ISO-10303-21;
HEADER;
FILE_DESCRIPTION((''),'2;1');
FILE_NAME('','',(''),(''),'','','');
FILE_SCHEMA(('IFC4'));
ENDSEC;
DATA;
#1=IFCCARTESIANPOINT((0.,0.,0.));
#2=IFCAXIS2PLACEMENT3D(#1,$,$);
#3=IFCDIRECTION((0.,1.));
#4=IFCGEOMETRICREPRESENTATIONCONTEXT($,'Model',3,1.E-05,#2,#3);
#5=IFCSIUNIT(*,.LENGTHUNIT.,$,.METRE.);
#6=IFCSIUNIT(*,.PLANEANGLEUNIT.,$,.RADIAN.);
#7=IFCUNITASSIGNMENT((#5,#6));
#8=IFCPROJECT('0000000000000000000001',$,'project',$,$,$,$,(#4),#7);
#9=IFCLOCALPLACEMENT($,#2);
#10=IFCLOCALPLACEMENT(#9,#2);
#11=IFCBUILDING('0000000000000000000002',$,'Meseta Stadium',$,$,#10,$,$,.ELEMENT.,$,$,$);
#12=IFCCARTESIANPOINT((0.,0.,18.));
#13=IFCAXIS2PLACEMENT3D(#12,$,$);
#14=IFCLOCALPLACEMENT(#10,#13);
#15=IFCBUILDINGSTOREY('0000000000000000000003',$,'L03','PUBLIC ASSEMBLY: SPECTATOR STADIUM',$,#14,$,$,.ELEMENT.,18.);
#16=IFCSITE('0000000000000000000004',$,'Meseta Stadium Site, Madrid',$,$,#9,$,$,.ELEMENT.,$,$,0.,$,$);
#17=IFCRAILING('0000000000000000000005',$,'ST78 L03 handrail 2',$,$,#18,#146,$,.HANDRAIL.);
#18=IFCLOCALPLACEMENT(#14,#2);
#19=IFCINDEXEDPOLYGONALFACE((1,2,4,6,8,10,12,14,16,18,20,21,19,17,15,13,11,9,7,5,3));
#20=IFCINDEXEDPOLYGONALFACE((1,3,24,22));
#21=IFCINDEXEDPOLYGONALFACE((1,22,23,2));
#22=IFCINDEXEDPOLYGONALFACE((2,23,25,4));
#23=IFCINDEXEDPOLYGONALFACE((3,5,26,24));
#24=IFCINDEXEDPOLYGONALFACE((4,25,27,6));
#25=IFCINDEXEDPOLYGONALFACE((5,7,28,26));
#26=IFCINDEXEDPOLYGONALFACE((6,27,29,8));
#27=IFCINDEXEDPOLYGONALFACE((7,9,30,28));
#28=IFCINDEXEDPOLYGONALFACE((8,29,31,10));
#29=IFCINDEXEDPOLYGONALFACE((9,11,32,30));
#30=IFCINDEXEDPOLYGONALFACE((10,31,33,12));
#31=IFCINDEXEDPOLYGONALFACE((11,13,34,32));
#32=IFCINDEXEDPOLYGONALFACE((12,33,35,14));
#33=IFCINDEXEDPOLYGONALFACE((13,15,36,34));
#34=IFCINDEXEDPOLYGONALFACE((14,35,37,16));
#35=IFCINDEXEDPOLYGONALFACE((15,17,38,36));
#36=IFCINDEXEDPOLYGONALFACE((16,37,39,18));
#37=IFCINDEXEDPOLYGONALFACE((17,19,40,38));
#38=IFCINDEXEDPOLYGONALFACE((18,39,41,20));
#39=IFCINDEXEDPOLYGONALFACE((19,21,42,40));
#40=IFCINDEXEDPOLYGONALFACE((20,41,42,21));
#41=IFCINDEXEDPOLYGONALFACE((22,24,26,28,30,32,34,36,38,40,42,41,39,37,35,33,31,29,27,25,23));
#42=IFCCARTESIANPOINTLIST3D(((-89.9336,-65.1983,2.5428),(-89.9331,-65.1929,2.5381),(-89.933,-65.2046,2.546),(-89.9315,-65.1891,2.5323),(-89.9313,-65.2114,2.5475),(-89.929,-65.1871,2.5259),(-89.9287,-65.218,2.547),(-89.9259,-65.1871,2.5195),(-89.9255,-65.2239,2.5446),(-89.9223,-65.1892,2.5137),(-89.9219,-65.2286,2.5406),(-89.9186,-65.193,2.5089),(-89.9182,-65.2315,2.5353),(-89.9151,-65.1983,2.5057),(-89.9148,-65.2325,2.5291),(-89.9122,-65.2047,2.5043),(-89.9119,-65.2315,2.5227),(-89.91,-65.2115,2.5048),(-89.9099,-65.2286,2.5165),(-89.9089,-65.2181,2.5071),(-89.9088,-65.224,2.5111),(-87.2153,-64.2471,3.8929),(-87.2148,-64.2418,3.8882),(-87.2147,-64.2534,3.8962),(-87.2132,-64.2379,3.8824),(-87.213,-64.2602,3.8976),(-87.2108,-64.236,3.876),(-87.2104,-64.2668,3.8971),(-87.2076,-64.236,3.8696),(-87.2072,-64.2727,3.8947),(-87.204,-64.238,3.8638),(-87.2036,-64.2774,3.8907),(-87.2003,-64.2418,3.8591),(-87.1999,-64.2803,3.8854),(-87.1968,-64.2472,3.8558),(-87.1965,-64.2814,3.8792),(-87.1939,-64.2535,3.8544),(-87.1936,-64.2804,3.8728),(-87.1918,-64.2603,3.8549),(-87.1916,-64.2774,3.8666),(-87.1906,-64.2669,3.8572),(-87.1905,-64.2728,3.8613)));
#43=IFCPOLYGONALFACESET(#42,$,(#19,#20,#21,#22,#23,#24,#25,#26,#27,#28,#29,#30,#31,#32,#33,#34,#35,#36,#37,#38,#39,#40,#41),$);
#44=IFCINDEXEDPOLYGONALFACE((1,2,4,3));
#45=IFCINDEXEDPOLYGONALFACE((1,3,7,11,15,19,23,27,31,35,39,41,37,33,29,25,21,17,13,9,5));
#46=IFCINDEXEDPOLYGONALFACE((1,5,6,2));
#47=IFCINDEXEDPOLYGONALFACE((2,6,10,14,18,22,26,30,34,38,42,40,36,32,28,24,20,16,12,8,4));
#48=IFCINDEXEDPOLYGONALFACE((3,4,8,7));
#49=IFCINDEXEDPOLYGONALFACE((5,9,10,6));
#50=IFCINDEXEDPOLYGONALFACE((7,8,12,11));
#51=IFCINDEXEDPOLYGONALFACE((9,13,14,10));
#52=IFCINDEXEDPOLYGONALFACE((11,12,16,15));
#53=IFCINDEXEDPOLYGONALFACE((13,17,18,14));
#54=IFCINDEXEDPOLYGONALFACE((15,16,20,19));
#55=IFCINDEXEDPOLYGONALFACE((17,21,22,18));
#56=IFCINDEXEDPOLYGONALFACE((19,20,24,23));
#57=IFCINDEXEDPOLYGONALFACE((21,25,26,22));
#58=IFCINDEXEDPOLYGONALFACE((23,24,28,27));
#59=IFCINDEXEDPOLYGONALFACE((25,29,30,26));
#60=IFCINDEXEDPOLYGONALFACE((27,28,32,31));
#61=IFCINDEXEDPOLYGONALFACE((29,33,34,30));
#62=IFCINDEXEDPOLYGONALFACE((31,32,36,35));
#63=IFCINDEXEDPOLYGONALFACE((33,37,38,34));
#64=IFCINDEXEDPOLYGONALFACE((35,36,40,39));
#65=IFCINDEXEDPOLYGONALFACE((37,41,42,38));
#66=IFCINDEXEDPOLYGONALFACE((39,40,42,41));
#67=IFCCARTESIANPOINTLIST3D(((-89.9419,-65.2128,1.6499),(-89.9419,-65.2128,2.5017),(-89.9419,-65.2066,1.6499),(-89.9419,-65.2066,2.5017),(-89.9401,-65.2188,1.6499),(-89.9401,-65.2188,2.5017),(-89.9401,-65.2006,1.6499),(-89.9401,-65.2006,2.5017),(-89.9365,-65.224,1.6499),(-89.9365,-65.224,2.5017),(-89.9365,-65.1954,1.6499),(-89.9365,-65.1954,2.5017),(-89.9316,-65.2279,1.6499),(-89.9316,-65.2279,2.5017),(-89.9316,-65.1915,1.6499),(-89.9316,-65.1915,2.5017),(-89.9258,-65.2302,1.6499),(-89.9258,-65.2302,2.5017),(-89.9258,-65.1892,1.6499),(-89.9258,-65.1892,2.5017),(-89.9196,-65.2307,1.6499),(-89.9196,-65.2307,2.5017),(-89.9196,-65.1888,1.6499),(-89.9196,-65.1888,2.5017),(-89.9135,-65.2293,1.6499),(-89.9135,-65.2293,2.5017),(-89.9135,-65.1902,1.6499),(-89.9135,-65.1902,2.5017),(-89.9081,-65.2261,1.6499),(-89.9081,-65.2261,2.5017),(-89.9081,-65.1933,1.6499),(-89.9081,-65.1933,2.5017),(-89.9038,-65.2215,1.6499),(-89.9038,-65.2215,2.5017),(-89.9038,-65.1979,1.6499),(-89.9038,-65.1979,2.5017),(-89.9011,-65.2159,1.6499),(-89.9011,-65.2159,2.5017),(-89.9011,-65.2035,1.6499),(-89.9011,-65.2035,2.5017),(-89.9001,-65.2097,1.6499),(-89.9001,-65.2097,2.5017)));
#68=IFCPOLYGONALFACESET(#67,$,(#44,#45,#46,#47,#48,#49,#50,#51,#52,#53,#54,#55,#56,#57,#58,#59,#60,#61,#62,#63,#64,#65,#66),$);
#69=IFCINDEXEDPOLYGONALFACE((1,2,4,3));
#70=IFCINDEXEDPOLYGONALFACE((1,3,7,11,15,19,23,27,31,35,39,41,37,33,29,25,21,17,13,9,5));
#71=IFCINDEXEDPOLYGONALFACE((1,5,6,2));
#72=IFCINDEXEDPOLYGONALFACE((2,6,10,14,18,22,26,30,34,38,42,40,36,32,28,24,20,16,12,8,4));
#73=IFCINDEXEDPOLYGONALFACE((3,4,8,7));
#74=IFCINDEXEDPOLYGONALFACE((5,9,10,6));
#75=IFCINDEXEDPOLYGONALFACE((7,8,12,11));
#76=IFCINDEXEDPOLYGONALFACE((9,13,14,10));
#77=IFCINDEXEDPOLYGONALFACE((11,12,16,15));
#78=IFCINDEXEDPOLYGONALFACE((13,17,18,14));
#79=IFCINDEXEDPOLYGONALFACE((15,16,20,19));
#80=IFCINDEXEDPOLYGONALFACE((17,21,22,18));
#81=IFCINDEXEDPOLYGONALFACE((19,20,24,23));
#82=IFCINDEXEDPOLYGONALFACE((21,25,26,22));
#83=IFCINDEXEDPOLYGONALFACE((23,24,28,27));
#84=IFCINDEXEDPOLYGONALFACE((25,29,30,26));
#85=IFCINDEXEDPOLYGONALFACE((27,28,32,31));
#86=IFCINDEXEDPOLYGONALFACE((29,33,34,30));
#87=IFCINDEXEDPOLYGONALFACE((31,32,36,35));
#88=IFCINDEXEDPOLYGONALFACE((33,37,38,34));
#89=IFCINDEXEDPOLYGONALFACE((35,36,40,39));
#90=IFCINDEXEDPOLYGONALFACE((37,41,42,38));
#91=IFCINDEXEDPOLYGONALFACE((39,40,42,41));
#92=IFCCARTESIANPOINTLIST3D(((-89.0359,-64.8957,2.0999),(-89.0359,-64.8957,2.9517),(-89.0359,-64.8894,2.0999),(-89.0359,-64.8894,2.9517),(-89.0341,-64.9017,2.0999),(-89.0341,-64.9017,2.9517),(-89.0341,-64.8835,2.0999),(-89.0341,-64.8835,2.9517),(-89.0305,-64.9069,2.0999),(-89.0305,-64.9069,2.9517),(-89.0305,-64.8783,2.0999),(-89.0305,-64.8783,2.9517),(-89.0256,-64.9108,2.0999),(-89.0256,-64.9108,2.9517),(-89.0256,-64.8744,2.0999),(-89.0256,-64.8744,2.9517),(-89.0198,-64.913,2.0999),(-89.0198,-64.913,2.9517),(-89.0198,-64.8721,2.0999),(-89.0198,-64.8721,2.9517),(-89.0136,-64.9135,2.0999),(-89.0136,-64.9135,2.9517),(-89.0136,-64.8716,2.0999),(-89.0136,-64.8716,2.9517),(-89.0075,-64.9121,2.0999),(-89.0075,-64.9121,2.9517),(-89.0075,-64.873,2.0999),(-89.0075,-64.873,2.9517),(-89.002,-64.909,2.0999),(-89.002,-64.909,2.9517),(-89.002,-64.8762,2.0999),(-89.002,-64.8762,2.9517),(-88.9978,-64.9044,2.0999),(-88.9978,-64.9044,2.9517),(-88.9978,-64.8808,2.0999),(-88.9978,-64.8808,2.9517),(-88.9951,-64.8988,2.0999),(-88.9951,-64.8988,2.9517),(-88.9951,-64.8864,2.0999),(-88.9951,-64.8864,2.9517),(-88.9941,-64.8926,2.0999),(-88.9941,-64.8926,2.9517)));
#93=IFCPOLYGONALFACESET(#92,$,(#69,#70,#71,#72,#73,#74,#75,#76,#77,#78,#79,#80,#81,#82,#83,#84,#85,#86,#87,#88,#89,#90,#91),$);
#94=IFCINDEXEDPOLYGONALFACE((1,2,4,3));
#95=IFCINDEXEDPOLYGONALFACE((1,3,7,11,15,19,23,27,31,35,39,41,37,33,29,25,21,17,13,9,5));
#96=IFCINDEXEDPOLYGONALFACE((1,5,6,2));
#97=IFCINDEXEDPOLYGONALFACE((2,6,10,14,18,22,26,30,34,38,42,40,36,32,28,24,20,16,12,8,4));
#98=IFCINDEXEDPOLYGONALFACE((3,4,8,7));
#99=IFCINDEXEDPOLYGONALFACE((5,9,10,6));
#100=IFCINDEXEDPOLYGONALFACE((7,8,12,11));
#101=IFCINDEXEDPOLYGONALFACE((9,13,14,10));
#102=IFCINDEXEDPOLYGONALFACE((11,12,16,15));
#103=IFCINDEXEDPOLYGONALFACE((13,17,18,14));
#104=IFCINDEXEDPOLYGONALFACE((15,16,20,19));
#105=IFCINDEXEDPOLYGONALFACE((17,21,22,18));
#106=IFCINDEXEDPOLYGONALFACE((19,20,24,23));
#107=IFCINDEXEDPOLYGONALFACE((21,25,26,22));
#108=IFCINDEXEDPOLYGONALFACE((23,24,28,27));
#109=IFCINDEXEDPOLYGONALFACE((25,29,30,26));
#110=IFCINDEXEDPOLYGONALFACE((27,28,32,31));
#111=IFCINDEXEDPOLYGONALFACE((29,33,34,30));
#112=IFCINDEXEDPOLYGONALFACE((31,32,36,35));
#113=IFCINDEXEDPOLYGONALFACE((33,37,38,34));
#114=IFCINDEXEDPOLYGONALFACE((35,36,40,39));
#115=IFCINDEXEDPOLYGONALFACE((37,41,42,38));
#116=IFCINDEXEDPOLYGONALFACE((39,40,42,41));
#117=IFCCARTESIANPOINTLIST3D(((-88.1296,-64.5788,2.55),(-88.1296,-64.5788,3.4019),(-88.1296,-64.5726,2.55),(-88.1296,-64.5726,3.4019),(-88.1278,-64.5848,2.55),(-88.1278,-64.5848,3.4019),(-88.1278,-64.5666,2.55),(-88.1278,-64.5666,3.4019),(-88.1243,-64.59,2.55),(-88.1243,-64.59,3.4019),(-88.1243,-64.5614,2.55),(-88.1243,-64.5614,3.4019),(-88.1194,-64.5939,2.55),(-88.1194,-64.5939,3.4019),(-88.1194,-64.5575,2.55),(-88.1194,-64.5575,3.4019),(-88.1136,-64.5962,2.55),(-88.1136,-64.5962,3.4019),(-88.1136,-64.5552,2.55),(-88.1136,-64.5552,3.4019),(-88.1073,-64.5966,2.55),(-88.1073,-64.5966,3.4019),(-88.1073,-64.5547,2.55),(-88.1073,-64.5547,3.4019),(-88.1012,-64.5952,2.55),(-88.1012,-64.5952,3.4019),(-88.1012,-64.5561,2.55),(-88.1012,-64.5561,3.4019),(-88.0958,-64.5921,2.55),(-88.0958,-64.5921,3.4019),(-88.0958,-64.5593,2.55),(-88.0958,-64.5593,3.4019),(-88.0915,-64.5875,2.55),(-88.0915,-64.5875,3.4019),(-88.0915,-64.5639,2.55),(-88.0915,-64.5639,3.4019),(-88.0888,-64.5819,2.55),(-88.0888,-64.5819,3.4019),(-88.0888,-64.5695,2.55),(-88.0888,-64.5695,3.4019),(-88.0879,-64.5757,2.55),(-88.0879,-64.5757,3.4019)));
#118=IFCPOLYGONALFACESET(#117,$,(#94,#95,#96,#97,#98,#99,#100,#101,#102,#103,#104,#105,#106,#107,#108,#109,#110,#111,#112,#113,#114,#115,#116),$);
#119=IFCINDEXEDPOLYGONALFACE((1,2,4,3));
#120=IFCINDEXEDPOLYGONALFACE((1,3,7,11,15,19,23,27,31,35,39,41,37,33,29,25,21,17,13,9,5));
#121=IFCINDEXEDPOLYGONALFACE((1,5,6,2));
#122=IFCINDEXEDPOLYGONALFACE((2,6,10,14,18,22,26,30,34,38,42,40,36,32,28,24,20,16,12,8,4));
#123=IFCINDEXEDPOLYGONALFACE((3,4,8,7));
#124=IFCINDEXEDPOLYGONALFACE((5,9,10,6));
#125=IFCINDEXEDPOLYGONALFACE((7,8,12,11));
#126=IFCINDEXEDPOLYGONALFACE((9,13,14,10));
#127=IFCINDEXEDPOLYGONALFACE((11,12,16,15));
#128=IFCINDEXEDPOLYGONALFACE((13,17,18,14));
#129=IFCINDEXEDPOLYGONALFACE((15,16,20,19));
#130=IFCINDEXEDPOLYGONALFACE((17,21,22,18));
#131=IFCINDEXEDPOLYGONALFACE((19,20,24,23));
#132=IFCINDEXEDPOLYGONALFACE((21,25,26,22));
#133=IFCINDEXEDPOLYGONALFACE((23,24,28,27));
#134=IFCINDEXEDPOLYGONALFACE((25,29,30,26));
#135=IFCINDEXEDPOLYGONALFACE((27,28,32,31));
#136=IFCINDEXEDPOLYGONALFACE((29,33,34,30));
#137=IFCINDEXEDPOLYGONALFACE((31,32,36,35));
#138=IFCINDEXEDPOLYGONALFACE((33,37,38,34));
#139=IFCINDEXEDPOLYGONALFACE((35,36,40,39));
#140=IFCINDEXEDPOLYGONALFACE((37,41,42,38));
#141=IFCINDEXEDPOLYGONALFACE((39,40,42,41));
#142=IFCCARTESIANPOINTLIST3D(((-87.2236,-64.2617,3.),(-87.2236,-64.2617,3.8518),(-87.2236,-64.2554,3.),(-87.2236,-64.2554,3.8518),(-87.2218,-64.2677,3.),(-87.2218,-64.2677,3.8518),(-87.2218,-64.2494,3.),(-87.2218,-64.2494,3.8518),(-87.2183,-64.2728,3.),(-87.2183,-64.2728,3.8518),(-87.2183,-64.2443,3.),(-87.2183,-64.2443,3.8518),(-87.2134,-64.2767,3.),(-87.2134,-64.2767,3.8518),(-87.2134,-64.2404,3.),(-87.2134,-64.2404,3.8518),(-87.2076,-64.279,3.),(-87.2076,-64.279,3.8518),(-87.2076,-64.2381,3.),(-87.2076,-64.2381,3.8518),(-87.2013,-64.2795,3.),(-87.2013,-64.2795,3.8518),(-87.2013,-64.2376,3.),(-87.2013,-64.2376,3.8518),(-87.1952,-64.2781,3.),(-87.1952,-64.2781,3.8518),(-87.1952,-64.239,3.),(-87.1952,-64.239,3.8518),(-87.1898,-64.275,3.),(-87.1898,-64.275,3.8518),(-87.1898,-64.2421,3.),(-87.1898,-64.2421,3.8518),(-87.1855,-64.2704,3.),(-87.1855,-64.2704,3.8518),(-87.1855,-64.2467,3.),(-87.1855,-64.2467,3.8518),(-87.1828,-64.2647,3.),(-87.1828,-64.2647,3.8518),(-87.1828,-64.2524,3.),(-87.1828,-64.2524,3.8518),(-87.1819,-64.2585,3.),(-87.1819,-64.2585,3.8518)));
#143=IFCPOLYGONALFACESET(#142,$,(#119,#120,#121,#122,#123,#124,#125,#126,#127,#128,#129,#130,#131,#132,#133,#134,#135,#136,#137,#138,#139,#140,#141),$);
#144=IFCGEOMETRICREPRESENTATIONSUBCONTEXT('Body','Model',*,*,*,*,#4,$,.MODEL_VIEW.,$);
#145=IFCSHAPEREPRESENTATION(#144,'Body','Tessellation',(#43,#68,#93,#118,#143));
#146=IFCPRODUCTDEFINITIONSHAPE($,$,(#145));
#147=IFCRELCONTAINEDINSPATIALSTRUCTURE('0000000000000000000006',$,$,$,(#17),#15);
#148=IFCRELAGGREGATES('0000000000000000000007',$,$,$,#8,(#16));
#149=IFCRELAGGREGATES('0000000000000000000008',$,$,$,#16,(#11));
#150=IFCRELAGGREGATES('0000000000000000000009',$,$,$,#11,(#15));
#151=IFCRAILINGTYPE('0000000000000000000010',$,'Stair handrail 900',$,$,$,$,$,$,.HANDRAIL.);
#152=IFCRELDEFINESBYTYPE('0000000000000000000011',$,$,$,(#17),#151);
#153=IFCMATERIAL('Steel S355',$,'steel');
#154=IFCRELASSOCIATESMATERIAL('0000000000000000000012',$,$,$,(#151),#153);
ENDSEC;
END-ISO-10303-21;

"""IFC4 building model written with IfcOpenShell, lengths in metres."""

from ifc_helpers import new_model, si_unit, direction, frame, origin, origin_2d, place, context, subcontext, project, spatial, circle, extrude, material, type_object, element, save


model = new_model("IFC4")

# Units and contexts
model_context = context("Model", 3, precision=1e-05, world=origin(), true_north=direction((0.0, 1.0)))
body_context = subcontext(model_context, "Body", "Model", "MODEL_VIEW")
ifc_project = project(units=[si_unit("LENGTHUNIT", "METRE"), si_unit("PLANEANGLEUNIT", "RADIAN")], contexts=[model_context])

# Site, building, storey
site_placement = place(None, origin())
site = spatial("IfcSite", under=ifc_project, at=site_placement, Name="Meseta Stadium Site, Madrid", CompositionType="ELEMENT", RefElevation=0.0)
building_placement = place(site_placement, origin())
building = spatial("IfcBuilding", under=site, at=building_placement, Name="Meseta Stadium", CompositionType="ELEMENT")
storey_placement = place(building_placement, frame((0.0, 0.0, 18.0)))
storey = spatial("IfcBuildingStorey", under=building, at=storey_placement, Name="L03", Description="PUBLIC ASSEMBLY: SPECTATOR STADIUM", CompositionType="ELEMENT", Elevation=18.0)

# Railing
ifc_material_1 = material(Name="Steel S355", Category="steel")
railing_type_1 = type_object("IfcRailingType", Name="Stair handrail 900", PredefinedType="HANDRAIL", material=ifc_material_1)
for number, where, name in (
    (1, (-89.9211, -65.2097, 1.6499), "ST78 L03 handrail 2"),
):
    element("IfcRailing", number, at=place(storey_placement, frame(where)), inside=storey, type_object=railing_type_1, Name=name, PredefinedType="HANDRAIL", context=body_context, shape_type="SweptSolid", body=[
        extrude(circle(Radius=0.0239, at=origin_2d()), frame((0.0, 0.0, 0.876), z_axis=(0.854629, 0.299051, 0.424474), x_axis=(-0.330282, 0.943882, 0.0)), (0.0, 0.0, 1.0), 3.1807),
        extrude(circle(Radius=0.021, at=origin_2d()), origin(), (0.0, 0.0, 1.0), 0.8518),
        extrude(circle(Radius=0.021, at=origin_2d()), frame((0.906, 0.3171, 0.45)), (0.0, 0.0, 1.0), 0.8518),
        extrude(circle(Radius=0.021, at=origin_2d()), frame((1.8123, 0.634, 0.9001)), (0.0, 0.0, 1.0), 0.8518),
        extrude(circle(Radius=0.021, at=origin_2d()), frame((2.7183, 0.9512, 1.3501)), (0.0, 0.0, 1.0), 0.8518),
    ])

save(model, "model.ifc")
